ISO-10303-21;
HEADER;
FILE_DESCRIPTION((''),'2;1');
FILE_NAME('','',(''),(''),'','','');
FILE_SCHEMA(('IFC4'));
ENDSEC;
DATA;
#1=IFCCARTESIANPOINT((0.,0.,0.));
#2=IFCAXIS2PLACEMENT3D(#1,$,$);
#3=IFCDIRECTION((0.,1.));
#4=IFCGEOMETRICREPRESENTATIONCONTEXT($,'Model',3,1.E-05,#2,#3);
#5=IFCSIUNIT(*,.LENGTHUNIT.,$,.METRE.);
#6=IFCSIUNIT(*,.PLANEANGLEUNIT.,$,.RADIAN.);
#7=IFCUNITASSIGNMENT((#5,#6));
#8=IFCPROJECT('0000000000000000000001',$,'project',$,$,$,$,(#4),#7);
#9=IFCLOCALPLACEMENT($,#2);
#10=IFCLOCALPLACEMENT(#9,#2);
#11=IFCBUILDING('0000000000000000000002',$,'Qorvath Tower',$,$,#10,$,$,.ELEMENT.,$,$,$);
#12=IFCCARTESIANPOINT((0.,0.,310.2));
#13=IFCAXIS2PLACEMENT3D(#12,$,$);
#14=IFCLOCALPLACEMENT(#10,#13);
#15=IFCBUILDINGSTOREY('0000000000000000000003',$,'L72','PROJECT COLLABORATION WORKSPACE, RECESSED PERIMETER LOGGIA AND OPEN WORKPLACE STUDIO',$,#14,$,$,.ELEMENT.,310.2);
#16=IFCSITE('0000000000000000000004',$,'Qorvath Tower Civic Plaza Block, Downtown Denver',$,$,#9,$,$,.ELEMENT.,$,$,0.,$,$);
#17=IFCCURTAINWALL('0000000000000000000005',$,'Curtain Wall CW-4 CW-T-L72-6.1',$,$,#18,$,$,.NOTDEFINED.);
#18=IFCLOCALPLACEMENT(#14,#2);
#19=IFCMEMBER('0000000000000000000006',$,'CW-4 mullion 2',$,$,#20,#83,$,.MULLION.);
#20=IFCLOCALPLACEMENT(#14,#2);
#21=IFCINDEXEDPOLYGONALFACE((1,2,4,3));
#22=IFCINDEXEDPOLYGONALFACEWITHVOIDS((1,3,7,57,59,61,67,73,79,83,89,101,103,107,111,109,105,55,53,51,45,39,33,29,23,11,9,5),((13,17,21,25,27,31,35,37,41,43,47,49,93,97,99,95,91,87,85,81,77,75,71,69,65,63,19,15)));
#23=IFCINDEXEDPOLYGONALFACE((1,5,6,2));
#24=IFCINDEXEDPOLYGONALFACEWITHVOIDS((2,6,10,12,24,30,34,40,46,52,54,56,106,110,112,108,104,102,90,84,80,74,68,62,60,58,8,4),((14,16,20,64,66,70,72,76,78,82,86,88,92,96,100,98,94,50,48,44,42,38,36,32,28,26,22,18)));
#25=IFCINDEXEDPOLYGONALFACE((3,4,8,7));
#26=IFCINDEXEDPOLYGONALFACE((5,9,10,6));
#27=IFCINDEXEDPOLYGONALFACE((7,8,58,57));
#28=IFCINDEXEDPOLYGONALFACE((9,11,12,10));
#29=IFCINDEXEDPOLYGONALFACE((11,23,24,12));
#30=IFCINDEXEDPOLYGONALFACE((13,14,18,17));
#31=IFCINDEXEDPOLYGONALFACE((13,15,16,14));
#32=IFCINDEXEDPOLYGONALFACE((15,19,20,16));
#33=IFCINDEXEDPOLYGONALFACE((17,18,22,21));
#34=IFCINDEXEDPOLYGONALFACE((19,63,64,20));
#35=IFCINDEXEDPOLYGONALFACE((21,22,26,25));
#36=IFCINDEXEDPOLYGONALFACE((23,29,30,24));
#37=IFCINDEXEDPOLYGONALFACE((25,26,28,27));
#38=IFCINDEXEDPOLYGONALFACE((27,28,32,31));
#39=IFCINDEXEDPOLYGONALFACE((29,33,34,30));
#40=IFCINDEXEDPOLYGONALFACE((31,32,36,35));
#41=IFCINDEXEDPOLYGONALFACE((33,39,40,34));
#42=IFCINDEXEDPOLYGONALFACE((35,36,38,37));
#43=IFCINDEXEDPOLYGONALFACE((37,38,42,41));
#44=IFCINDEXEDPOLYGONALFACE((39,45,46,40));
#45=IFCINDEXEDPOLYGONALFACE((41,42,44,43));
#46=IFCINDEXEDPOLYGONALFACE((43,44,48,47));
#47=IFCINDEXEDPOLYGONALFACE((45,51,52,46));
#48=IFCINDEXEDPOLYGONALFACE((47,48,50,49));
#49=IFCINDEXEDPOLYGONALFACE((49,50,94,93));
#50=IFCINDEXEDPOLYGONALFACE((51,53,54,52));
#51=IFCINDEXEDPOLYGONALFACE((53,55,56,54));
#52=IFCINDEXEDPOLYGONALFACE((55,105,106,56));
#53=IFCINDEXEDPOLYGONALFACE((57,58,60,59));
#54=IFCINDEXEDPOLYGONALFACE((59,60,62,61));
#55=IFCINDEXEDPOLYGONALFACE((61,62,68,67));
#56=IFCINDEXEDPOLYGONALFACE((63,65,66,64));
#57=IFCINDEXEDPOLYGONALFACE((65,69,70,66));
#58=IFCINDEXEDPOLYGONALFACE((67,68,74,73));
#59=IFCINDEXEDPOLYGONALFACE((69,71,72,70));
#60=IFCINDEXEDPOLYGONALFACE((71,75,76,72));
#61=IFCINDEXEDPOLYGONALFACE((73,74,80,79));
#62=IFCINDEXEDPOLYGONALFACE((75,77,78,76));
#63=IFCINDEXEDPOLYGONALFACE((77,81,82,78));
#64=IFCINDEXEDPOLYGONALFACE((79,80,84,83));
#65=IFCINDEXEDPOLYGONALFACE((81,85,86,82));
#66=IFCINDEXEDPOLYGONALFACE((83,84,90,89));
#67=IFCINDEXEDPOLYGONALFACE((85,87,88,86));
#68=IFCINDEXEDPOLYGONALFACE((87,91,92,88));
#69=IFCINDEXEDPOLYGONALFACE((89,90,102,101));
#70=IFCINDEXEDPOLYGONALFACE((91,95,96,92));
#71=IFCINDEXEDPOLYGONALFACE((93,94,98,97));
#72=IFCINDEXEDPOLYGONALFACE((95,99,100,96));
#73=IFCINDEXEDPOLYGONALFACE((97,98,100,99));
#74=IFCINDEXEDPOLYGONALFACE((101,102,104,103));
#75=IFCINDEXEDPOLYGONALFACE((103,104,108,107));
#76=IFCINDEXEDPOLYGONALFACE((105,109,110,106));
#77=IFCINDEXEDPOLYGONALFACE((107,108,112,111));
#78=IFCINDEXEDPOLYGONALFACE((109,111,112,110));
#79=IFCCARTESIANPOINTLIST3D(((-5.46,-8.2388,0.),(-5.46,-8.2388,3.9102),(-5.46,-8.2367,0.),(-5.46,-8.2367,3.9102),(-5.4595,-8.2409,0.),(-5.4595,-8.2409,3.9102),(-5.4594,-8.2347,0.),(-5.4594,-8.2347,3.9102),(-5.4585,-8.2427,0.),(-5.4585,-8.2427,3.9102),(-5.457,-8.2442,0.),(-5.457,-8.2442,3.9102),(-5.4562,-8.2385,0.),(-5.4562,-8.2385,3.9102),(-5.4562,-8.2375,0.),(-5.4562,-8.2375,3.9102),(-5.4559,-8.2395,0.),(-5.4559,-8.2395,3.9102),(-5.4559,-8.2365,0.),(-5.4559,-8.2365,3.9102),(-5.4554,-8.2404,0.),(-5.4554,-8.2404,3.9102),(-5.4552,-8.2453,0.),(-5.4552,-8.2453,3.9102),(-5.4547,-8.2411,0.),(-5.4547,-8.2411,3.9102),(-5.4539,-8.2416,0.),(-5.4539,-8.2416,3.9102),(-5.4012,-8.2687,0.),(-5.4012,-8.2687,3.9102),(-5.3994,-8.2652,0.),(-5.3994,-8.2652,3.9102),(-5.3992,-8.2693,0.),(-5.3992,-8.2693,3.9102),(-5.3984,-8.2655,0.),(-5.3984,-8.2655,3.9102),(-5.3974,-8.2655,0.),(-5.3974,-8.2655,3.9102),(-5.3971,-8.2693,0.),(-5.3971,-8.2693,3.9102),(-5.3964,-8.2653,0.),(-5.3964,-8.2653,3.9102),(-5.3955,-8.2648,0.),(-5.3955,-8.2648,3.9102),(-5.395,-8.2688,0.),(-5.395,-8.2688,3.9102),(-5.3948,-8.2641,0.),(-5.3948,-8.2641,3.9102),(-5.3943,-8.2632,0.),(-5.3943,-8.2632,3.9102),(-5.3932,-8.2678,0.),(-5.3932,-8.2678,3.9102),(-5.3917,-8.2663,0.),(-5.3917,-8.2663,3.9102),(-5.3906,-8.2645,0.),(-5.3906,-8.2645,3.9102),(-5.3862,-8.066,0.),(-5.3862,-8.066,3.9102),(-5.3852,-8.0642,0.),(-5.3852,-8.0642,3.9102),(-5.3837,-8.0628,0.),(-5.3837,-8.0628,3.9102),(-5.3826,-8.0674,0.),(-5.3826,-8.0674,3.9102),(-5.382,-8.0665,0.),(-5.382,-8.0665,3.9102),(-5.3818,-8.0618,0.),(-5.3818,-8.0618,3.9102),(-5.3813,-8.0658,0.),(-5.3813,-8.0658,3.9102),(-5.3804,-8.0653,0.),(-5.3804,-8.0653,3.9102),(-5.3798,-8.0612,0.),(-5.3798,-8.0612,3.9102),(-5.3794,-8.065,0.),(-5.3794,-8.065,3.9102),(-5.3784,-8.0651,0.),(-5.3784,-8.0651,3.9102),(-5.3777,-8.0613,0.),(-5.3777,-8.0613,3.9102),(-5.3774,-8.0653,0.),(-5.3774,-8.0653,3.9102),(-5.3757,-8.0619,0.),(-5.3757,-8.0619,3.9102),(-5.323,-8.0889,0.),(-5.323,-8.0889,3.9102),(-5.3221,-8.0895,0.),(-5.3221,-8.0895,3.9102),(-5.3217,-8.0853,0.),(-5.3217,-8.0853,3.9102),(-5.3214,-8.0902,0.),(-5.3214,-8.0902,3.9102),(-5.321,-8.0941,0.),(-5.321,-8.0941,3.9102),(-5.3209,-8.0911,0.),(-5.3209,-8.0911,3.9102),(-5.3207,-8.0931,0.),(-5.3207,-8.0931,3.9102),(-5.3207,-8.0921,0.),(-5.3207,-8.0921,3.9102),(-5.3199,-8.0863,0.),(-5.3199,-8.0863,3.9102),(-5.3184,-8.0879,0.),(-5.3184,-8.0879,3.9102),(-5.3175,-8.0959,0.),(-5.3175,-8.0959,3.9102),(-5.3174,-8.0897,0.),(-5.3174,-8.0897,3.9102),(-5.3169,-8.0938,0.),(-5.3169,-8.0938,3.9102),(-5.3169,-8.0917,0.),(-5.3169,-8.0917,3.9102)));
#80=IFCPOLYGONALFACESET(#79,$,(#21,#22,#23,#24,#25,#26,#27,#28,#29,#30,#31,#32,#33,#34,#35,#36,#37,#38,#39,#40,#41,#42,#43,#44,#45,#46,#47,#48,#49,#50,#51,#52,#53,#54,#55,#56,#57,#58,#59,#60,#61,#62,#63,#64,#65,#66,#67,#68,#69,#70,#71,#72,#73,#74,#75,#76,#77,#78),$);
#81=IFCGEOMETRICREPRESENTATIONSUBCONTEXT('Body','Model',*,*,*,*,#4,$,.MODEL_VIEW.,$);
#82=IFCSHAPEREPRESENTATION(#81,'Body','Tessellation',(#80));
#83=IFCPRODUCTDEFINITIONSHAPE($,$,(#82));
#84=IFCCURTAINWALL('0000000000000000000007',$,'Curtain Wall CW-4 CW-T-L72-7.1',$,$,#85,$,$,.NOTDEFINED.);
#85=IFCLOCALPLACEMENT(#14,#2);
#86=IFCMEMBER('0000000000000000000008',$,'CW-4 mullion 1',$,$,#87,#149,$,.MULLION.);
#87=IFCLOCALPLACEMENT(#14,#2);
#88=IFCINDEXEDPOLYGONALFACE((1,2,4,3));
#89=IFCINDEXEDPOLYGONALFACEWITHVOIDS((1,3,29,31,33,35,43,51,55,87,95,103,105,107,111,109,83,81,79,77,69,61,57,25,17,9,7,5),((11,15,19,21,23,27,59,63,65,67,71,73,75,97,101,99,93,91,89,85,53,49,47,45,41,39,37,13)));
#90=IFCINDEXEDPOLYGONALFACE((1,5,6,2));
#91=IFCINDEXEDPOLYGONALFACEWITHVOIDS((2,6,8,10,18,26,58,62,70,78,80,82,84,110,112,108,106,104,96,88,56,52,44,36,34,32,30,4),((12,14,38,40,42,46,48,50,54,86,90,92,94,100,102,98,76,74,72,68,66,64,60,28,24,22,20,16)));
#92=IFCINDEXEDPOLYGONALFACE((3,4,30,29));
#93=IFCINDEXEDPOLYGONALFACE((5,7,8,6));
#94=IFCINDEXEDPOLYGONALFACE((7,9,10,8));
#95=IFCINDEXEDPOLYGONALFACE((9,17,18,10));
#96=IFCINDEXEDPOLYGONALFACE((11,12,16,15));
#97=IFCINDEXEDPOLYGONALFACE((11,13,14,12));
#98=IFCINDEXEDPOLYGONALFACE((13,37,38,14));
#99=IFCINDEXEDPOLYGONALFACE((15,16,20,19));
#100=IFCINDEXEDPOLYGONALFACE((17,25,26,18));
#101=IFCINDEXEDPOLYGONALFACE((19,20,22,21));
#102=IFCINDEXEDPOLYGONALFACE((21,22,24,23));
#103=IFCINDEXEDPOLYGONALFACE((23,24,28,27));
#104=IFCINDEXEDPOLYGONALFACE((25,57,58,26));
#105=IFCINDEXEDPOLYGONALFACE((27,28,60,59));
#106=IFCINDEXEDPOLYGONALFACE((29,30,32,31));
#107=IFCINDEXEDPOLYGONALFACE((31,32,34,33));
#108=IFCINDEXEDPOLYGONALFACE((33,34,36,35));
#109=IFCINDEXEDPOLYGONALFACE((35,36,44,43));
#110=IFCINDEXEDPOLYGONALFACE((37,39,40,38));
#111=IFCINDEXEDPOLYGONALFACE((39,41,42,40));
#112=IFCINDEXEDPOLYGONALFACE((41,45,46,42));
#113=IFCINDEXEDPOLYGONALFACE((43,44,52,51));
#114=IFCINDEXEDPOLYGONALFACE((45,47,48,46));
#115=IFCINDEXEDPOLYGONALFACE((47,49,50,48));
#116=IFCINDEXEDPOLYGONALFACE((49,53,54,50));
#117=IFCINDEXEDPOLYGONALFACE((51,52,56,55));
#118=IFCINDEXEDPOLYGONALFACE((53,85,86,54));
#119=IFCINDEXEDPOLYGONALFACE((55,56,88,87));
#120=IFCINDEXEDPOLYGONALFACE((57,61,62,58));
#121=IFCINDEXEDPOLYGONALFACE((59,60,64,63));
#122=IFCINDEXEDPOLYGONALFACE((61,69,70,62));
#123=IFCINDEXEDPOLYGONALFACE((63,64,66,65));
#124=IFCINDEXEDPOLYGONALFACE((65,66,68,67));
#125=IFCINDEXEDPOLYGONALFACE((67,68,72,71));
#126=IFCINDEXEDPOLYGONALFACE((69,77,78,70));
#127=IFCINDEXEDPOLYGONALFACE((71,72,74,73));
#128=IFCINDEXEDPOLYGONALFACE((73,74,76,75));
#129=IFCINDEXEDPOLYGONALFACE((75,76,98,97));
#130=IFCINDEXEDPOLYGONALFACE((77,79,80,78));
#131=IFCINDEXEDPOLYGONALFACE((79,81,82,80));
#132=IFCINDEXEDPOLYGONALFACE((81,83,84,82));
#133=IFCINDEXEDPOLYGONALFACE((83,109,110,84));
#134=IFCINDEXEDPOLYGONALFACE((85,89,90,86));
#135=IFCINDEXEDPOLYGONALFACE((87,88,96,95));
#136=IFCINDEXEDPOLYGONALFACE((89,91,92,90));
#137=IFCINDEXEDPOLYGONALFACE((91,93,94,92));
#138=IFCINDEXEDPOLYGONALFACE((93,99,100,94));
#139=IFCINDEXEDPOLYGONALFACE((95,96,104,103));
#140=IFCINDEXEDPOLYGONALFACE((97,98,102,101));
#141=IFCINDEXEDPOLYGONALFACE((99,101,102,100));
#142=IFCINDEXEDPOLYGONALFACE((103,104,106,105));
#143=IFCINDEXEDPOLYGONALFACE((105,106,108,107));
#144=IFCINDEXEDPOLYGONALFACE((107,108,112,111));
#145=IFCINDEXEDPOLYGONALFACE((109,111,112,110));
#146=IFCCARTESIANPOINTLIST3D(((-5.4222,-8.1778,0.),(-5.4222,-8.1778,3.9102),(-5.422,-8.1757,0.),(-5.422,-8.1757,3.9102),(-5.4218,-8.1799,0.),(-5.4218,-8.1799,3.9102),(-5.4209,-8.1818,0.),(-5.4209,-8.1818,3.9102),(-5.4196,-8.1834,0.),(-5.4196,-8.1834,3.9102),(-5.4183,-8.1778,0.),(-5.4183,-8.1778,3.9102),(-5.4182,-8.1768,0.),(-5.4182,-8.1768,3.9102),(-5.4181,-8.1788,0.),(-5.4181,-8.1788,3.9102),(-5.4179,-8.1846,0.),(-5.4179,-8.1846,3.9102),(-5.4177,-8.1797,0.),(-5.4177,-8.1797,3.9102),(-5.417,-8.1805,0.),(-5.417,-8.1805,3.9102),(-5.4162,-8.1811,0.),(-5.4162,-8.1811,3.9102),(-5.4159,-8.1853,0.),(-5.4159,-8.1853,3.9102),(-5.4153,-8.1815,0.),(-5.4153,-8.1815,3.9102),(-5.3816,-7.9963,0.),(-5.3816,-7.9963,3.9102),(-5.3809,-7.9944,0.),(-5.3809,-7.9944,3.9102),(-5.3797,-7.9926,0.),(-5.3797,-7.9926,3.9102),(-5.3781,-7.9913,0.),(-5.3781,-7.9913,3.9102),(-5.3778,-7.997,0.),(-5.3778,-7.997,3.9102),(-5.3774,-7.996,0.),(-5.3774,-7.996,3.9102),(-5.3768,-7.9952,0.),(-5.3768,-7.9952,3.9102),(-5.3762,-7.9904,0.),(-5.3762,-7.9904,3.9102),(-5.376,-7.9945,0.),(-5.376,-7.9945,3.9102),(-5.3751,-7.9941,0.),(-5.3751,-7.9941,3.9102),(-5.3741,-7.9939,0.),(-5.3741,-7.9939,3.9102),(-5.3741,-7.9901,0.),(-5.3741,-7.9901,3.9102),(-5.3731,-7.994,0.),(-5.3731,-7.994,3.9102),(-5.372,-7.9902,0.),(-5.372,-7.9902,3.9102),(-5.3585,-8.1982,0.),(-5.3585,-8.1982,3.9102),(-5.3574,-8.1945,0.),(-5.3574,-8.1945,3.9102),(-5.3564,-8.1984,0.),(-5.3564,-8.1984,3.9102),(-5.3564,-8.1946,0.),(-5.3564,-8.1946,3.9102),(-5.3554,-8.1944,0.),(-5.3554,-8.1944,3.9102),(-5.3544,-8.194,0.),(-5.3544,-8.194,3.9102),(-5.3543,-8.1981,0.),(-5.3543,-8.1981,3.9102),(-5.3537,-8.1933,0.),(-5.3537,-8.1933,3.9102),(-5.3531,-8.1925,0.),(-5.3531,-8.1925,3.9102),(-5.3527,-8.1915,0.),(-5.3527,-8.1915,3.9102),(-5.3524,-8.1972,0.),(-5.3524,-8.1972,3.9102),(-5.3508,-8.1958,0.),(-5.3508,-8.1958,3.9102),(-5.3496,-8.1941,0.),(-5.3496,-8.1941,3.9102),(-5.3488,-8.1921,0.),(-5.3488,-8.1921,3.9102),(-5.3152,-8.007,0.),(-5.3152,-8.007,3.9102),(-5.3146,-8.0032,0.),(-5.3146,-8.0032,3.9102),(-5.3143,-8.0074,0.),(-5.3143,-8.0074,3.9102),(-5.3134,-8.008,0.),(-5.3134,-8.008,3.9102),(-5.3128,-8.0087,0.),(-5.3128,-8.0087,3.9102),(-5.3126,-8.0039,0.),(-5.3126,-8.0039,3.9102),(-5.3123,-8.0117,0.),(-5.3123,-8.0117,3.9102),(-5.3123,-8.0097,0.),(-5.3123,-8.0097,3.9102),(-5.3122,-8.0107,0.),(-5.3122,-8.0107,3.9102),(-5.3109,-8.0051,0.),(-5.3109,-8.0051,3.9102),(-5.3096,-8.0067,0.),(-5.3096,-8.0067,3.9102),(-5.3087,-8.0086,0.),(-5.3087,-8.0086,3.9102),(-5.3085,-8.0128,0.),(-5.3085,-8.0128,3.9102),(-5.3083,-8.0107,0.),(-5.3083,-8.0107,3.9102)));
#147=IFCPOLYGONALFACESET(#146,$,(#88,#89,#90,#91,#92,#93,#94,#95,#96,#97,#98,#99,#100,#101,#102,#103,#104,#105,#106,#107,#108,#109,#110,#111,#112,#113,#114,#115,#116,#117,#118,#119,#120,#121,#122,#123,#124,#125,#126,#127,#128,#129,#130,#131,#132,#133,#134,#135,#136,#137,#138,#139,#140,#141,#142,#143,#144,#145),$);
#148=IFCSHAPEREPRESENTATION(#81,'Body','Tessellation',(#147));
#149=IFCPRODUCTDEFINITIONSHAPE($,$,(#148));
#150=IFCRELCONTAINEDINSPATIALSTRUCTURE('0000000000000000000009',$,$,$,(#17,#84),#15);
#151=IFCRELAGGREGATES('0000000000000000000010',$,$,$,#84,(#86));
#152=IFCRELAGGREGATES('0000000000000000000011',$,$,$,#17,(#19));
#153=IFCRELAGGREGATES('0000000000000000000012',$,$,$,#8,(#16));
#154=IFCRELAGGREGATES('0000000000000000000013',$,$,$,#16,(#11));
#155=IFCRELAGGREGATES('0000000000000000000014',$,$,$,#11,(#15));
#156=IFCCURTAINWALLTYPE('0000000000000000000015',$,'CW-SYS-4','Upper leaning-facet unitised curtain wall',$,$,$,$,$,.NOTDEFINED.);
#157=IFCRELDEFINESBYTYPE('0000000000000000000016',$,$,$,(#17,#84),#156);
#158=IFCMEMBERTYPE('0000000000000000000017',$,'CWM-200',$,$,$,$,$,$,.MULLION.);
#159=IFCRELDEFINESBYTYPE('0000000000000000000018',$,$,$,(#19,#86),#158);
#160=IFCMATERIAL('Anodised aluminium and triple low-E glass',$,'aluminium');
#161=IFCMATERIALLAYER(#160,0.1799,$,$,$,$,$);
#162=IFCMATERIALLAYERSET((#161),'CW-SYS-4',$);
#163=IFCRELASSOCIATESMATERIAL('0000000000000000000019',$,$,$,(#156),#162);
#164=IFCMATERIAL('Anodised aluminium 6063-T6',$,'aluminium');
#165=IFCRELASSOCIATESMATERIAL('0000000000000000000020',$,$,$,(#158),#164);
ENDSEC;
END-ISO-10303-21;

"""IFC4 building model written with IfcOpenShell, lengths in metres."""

from ifc_helpers import new_model, si_unit, direction, frame, origin, origin_2d, place, context, subcontext, project, spatial, hollow_rectangle, extrude, material, layer, layer_set, material_profile, profile_set, type_object, element, aggregate, save


model = new_model("IFC4")

# Units and contexts
model_context = context("Model", 3, precision=1e-05, world=origin(), true_north=direction((0.0, 1.0)))
body_context = subcontext(model_context, "Body", "Model", "MODEL_VIEW")
ifc_project = project(units=[si_unit("LENGTHUNIT", "METRE"), si_unit("PLANEANGLEUNIT", "RADIAN")], contexts=[model_context])

# Site, building, storey
site_placement = place(None, origin())
site = spatial("IfcSite", under=ifc_project, at=site_placement, Name="Qorvath Tower Civic Plaza Block, Downtown Denver", CompositionType="ELEMENT", RefElevation=0.0)
building_placement = place(site_placement, origin())
building = spatial("IfcBuilding", under=site, at=building_placement, Name="Qorvath Tower", CompositionType="ELEMENT")
storey_placement = place(building_placement, frame((0.0, 0.0, 310.2)))
storey = spatial("IfcBuildingStorey", under=building, at=storey_placement, Name="L72", Description="PROJECT COLLABORATION WORKSPACE, RECESSED PERIMETER LOGGIA AND OPEN WORKPLACE STUDIO", CompositionType="ELEMENT", Elevation=310.2)

# Shared definitions
ifc_material_1 = material(Name="Anodised aluminium and triple low-E glass", Category="aluminium")
ifc_layer_1 = layer(ifc_material_1, 0.1799)
ifc_layer_set_1 = layer_set([ifc_layer_1], Name="CW-SYS-4")
curtain_wall_type = type_object("IfcCurtainWallType", Name="CW-SYS-4", Description="Upper leaning-facet unitised curtain wall", PredefinedType="NOTDEFINED", material=ifc_layer_set_1)
ifc_material_2 = material(Name="Anodised aluminium 6063-T6", Category="aluminium")
ifc_material_profile_1 = material_profile(ifc_material_2, hollow_rectangle(XDim=0.075, YDim=0.2, WallThickness=0.0039, InnerFilletRadius=0.0039, OuterFilletRadius=0.0081, at=origin_2d()), Name="CWM 200x75")
ifc_profile_set_1 = profile_set([ifc_material_profile_1], Name="Anodised aluminium 6063-T6")
member_type_1 = type_object("IfcMemberType", Name="CWM-200", PredefinedType="MULLION", material=ifc_profile_set_1)

# Curtain wall, member
curtain_wall_1_placement = place(storey_placement, origin())
curtain_wall_1 = element("IfcCurtainWall", 1, at=curtain_wall_1_placement, inside=storey, type_object=curtain_wall_type, Name="Curtain Wall CW-4 CW-T-L72-6.1", PredefinedType="NOTDEFINED")
member_1_placement = place(storey_placement, frame((-5.3884, -8.1653, 0.0), z_axis=(0.0, 0.0, 1.0), x_axis=(-0.917487, 0.397765, 0.0)))
member_1 = element("IfcMember", 2, at=member_1_placement, type_object=member_type_1, Name="CW-4 mullion 2", PredefinedType="MULLION", context=body_context, shape_type="SweptSolid", body=[
    extrude(hollow_rectangle(XDim=0.075, YDim=0.2, WallThickness=0.0039, InnerFilletRadius=0.0039, OuterFilletRadius=0.0081, at=origin_2d()), origin(), (0.0, 0.0, 1.0), 3.9102),
])

# Curtain wall, member
curtain_wall_2_placement = place(storey_placement, origin())
curtain_wall_2 = element("IfcCurtainWall", 3, at=curtain_wall_2_placement, inside=storey, type_object=curtain_wall_type, Name="Curtain Wall CW-4 CW-T-L72-7.1", PredefinedType="NOTDEFINED")
member_2_placement = place(storey_placement, frame((-5.3652, -8.0942, 0.0), z_axis=(0.0, 0.0, 1.0), x_axis=(-0.975618, 0.219474, 0.0)))
member_2 = element("IfcMember", 4, at=member_2_placement, type_object=member_type_1, Name="CW-4 mullion 1", PredefinedType="MULLION", context=body_context, shape_type="SweptSolid", body=[
    extrude(hollow_rectangle(XDim=0.075, YDim=0.2, WallThickness=0.0039, InnerFilletRadius=0.0039, OuterFilletRadius=0.0081, at=origin_2d()), origin(), (0.0, 0.0, 1.0), 3.9102),
])

aggregate(curtain_wall_2, [member_2])

aggregate(curtain_wall_1, [member_1])

save(model, "model.ifc")
